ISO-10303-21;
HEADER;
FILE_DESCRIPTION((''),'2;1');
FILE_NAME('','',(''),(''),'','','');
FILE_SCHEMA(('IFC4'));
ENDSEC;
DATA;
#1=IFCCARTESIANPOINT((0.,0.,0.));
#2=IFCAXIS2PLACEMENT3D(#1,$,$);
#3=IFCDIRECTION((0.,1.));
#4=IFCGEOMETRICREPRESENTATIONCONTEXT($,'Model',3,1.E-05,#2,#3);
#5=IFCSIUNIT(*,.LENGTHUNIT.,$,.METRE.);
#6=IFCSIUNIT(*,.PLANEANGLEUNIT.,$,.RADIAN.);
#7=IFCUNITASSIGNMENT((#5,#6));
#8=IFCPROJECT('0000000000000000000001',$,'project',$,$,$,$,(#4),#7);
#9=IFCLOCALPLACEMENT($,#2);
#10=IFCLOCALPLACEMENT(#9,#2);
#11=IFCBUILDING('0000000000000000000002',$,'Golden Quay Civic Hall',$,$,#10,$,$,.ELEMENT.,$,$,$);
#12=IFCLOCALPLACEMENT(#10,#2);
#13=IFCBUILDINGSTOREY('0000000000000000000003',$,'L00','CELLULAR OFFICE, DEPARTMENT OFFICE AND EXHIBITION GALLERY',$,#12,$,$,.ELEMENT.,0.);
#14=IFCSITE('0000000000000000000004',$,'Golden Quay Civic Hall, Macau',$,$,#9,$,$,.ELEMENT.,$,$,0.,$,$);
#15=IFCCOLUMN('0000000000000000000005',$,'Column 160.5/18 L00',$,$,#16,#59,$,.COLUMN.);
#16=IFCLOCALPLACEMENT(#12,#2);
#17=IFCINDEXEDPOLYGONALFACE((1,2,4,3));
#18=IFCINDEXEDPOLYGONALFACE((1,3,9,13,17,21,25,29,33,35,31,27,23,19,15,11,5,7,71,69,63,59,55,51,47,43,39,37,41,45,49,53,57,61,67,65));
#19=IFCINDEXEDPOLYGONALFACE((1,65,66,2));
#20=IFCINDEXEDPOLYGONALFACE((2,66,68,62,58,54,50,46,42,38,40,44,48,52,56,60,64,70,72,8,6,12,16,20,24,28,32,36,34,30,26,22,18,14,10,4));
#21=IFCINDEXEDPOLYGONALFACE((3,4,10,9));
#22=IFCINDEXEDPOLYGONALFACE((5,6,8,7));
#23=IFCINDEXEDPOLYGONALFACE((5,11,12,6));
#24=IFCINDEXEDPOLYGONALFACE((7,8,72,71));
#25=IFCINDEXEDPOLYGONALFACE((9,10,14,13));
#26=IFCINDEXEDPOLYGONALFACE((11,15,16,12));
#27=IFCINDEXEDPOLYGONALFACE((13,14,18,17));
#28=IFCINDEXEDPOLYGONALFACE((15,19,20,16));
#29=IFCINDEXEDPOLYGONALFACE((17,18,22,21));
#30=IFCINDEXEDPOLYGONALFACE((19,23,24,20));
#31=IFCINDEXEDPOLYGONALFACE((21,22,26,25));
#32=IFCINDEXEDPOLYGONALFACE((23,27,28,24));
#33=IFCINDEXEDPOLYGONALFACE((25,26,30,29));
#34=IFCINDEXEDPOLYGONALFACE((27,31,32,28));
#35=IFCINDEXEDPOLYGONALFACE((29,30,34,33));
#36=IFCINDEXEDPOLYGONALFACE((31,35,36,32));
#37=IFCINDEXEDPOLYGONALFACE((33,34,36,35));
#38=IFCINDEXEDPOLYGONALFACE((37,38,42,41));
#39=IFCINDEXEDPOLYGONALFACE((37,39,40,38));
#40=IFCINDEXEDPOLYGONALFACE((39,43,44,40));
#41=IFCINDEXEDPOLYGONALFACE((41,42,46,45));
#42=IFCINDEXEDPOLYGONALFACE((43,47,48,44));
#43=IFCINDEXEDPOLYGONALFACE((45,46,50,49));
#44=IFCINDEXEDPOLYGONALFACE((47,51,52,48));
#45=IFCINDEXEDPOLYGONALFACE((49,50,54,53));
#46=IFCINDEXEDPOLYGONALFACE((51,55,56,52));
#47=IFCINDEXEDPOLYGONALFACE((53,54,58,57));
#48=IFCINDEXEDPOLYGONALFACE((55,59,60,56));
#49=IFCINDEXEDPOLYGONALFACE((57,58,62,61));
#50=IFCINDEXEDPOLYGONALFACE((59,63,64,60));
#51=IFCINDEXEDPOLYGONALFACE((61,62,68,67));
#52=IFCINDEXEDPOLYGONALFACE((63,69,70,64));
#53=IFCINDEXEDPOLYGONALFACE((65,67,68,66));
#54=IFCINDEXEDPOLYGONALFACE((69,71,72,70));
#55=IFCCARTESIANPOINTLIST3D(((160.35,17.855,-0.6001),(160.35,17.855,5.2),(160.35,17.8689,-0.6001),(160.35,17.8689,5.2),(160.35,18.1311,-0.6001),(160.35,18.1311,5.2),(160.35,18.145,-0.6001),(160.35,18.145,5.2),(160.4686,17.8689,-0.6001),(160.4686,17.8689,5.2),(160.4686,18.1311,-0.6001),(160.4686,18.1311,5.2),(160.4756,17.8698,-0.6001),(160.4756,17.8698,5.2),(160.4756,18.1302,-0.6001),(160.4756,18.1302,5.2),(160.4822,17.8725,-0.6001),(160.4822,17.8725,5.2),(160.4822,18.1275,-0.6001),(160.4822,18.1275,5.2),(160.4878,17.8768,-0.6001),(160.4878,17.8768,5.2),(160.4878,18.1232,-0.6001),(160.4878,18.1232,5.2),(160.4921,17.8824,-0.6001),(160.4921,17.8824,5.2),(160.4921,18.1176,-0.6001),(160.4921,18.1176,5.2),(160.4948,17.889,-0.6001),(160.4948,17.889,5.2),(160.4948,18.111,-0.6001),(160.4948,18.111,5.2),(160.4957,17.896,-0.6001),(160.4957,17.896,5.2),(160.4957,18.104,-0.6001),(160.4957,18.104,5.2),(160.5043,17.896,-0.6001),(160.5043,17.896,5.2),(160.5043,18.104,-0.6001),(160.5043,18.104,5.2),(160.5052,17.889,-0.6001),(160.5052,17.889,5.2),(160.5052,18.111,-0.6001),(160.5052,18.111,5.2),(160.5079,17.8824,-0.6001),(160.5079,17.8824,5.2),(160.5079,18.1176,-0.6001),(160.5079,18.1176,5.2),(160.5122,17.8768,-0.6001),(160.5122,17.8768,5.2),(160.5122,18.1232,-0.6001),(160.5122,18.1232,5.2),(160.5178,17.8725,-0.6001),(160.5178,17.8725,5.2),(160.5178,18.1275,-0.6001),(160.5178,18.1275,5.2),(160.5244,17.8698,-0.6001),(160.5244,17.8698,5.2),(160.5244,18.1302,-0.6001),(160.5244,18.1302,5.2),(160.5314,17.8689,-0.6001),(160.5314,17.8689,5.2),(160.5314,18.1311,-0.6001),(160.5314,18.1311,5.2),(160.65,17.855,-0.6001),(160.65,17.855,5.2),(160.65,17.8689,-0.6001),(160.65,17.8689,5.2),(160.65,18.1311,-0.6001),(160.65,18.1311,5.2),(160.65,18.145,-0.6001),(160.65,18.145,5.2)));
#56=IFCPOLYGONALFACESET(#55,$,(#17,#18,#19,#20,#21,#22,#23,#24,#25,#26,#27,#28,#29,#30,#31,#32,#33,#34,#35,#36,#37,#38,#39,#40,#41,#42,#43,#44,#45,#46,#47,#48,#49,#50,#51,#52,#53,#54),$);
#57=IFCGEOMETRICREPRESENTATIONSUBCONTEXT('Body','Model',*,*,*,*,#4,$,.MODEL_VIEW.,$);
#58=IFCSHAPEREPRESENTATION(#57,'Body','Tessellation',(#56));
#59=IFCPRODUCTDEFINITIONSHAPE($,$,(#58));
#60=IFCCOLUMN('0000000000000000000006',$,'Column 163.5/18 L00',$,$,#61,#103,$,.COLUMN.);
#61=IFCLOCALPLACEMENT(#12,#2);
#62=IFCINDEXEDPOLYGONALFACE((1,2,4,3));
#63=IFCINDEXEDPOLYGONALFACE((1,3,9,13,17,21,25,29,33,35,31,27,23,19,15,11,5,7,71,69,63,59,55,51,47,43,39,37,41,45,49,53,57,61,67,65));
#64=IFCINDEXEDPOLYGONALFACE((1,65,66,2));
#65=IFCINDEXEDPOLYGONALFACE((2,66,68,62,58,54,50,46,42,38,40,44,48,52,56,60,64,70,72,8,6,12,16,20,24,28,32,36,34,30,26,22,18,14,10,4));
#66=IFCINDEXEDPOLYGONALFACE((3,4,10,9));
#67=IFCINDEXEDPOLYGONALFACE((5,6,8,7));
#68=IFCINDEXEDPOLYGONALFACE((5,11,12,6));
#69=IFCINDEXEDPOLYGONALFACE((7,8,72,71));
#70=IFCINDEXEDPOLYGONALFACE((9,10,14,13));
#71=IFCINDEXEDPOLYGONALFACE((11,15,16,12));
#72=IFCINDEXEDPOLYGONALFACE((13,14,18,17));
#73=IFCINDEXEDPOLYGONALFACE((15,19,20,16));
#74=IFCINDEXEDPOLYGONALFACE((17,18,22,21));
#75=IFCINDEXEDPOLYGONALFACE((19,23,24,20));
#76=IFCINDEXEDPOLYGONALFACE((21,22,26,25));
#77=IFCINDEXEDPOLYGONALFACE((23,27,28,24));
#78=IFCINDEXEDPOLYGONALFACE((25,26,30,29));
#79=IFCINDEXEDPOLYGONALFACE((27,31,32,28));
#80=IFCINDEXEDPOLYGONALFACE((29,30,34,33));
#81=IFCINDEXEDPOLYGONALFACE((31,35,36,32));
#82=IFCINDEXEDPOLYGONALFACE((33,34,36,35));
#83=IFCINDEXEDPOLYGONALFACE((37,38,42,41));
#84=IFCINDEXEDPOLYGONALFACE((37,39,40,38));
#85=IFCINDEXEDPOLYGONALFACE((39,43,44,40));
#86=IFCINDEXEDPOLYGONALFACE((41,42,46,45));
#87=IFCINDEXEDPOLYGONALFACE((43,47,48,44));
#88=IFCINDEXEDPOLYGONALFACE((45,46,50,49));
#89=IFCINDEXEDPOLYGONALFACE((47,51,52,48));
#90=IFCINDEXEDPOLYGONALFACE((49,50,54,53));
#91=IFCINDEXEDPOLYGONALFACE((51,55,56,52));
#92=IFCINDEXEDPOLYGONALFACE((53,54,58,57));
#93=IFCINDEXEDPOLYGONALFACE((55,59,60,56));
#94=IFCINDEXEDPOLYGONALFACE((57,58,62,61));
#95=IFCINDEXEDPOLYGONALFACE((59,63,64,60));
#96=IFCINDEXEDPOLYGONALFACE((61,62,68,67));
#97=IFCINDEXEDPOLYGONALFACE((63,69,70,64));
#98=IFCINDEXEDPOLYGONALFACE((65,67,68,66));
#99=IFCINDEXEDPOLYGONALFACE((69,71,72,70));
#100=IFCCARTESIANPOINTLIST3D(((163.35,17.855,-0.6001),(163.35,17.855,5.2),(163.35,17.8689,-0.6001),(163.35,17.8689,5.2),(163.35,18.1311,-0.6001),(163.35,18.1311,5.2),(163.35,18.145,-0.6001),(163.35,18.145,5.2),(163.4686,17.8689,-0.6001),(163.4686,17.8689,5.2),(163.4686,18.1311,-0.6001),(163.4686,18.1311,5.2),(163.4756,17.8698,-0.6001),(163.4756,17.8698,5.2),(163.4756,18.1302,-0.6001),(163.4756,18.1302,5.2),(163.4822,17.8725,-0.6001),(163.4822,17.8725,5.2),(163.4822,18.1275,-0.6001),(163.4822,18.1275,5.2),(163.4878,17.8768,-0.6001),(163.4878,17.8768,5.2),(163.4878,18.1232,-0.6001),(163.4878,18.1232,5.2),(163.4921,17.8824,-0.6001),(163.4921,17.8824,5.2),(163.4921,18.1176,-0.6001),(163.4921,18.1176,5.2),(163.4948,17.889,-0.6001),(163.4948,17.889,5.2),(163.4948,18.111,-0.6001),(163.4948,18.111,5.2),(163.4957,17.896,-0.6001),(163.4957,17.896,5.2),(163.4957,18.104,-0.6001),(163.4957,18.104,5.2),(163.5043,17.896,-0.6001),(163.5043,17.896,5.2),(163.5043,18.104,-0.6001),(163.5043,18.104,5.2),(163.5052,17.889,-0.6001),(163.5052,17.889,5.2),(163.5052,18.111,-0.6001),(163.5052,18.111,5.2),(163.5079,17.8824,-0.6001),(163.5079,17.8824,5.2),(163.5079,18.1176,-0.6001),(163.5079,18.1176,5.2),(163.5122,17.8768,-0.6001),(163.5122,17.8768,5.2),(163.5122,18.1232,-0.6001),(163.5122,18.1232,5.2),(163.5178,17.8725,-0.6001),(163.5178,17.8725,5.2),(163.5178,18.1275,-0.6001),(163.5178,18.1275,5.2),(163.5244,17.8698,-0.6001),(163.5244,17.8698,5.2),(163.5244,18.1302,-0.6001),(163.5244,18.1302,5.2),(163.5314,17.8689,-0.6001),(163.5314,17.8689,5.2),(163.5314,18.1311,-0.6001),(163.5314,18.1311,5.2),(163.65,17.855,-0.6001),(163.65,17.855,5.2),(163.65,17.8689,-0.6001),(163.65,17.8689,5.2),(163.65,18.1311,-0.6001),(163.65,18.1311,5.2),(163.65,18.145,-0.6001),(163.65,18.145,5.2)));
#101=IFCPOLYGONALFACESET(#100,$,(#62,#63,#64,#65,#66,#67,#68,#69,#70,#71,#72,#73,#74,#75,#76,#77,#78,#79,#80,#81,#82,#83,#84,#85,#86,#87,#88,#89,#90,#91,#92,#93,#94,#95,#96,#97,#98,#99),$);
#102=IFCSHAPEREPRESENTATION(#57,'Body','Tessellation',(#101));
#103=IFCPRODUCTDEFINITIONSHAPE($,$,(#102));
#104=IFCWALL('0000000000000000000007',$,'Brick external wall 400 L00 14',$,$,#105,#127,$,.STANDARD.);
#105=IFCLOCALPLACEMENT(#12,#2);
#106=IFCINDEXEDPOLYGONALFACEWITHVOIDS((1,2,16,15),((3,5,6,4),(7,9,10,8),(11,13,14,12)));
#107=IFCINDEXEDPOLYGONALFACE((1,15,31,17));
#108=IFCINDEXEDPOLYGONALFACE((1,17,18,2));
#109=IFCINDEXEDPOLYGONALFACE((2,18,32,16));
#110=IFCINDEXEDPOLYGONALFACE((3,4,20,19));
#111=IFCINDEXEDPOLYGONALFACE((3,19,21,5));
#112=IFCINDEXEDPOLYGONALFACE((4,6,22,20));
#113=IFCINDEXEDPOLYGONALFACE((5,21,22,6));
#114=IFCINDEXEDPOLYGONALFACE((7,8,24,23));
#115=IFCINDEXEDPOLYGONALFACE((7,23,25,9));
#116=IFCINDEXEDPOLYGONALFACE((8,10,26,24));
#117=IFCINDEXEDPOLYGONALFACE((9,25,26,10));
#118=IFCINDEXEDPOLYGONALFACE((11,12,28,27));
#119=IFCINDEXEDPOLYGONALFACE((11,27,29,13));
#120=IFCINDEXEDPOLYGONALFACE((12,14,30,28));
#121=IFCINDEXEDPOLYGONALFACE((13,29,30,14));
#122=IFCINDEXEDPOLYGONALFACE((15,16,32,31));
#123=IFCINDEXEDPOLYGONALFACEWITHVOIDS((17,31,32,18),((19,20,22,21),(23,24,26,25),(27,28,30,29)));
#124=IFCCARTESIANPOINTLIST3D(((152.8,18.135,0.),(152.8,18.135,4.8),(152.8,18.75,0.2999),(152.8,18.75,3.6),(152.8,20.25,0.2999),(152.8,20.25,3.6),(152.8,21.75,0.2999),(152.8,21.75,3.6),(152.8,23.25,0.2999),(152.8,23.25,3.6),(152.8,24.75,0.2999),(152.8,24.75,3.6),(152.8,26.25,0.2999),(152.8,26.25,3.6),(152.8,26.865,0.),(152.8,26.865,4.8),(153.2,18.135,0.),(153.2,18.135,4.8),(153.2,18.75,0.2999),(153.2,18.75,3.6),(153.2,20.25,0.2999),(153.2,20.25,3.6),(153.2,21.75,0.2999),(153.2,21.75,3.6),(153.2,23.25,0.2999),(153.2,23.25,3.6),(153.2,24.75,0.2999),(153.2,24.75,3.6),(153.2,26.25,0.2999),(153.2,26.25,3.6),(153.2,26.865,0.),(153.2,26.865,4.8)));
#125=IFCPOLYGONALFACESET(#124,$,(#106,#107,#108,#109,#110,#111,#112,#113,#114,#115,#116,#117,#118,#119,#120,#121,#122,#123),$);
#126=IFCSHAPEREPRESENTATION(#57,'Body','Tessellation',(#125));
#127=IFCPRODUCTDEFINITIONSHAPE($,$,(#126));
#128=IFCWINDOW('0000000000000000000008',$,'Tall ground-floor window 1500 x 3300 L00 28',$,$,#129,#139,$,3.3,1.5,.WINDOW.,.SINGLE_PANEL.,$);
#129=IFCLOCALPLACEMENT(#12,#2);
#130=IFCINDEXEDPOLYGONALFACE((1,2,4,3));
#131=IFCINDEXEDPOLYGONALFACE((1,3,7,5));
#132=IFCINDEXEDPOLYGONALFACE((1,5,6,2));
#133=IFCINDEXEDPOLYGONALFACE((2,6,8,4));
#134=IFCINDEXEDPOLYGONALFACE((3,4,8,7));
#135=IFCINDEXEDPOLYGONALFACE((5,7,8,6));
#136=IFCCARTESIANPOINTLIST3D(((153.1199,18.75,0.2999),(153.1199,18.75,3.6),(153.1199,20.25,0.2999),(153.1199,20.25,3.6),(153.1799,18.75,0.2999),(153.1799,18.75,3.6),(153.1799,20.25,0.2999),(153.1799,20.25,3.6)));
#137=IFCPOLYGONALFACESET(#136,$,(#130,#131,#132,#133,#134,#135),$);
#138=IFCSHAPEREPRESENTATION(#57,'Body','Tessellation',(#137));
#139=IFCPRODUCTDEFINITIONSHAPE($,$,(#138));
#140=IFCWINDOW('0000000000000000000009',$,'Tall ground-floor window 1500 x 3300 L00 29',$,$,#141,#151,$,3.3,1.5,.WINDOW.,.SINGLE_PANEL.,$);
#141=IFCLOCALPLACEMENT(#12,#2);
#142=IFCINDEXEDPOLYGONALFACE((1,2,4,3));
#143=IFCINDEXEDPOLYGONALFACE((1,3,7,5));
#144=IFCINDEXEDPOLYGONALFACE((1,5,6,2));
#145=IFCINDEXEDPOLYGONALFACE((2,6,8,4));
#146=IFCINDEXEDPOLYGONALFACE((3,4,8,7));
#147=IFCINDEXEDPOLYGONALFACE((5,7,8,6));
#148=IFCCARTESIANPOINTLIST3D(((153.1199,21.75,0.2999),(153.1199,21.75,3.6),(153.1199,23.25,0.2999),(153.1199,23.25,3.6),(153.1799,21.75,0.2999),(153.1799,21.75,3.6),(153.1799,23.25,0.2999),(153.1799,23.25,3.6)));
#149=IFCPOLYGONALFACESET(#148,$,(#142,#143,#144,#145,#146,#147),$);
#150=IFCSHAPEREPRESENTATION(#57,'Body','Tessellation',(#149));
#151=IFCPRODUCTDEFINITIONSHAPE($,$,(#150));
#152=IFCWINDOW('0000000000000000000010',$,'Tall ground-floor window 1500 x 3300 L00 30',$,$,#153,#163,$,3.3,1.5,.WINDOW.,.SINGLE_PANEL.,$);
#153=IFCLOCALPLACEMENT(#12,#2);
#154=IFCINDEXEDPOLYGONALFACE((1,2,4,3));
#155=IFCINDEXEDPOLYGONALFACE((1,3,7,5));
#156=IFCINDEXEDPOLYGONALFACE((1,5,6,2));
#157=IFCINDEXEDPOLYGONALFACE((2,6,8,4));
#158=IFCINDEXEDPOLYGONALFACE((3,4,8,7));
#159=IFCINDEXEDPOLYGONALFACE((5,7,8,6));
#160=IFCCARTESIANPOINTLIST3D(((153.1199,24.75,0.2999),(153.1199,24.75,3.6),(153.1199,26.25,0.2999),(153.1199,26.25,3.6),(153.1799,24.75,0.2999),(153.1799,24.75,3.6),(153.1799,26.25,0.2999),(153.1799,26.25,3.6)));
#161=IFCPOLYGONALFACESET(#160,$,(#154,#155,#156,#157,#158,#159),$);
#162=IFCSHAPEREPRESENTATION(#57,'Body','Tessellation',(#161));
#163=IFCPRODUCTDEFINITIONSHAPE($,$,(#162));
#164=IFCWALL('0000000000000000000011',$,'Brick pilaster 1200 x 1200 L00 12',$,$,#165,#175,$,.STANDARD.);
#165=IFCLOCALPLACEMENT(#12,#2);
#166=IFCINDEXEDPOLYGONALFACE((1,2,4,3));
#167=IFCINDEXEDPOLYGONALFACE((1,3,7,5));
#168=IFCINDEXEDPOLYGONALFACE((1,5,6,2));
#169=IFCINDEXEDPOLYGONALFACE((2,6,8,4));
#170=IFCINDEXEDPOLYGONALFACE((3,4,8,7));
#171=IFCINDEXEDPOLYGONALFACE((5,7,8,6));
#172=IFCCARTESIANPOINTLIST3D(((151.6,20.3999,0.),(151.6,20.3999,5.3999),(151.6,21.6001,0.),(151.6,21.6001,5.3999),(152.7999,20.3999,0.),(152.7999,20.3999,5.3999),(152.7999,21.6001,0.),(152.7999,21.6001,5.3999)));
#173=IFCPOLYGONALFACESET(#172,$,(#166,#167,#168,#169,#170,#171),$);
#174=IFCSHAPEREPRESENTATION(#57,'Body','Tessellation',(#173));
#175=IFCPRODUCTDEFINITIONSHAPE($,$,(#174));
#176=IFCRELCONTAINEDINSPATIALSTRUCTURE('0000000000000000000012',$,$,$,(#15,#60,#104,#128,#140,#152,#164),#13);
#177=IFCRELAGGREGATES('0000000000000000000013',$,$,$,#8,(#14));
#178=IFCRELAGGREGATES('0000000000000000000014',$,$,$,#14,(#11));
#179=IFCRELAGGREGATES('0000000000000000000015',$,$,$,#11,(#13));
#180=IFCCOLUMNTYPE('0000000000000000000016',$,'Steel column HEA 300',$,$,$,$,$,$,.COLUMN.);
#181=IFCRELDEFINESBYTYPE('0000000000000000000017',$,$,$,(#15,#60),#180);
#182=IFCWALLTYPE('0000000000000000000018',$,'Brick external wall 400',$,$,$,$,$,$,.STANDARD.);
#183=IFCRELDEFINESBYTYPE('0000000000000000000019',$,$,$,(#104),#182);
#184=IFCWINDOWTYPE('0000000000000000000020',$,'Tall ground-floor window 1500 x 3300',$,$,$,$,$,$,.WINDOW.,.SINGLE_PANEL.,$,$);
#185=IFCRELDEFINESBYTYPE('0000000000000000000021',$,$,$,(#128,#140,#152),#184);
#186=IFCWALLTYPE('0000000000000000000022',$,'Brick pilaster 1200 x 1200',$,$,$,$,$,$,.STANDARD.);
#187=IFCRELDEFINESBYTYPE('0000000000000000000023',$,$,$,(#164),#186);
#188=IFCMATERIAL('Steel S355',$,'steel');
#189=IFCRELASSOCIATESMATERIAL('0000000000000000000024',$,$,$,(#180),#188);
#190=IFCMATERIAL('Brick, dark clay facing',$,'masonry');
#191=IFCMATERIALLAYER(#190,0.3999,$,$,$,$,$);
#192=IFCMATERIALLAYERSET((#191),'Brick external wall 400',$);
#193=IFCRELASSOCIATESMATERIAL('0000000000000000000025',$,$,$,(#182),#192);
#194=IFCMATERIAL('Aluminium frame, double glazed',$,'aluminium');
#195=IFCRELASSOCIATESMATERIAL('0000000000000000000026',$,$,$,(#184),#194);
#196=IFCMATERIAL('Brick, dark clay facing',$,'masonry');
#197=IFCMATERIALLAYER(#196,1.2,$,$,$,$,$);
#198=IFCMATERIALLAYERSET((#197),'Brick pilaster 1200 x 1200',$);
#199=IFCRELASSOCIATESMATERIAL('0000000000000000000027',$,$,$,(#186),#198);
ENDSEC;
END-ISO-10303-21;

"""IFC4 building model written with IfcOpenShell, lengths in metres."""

from ifc_helpers import new_model, si_unit, direction, frame, frame_2d, origin, origin_2d, place, context, subcontext, project, spatial, rectangle, i_section, extrude, material, layer, layer_set, material_profile, profile_set, type_object, element, fill, save


model = new_model("IFC4")

# Units and contexts
model_context = context("Model", 3, precision=1e-05, world=origin(), true_north=direction((0.0, 1.0)))
body_context = subcontext(model_context, "Body", "Model", "MODEL_VIEW")
ifc_project = project(units=[si_unit("LENGTHUNIT", "METRE"), si_unit("PLANEANGLEUNIT", "RADIAN")], contexts=[model_context])

# Site, building, storey
site_placement = place(None, origin())
site = spatial("IfcSite", under=ifc_project, at=site_placement, Name="Golden Quay Civic Hall, Macau", CompositionType="ELEMENT", RefElevation=0.0)
building_placement = place(site_placement, origin())
building = spatial("IfcBuilding", under=site, at=building_placement, Name="Golden Quay Civic Hall", CompositionType="ELEMENT")
storey_placement = place(building_placement, origin())
storey = spatial("IfcBuildingStorey", under=building, at=storey_placement, Name="L00", Description="CELLULAR OFFICE, DEPARTMENT OFFICE AND EXHIBITION GALLERY", CompositionType="ELEMENT", Elevation=0.0)

# Columns
ifc_material_1 = material(Name="Steel S355", Category="steel")
ifc_material_profile_1 = material_profile(ifc_material_1, i_section(OverallWidth=0.3, OverallDepth=0.29, WebThickness=0.0085, FlangeThickness=0.0139, FilletRadius=0.0271, at=origin_2d()), Name="HEA 300")
ifc_profile_set_1 = profile_set([ifc_material_profile_1], Name="Steel S355")
column_type_1 = type_object("IfcColumnType", Name="Steel column HEA 300", PredefinedType="COLUMN", material=ifc_profile_set_1)
for number, where, z_axis, x_axis, name in (
    (1, (160.5, 18.0, -0.6001), (0.0, 0.0, 1.0), (1.0, 0.0, 0.0), "Column 160.5/18 L00"),
    (2, (163.5, 18.0, -0.6001), (0.0, 0.0, 1.0), (1.0, 0.0, 0.0), "Column 163.5/18 L00"),
):
    element("IfcColumn", number, at=place(storey_placement, frame(where, z_axis=z_axis, x_axis=x_axis)), inside=storey, type_object=column_type_1, Name=name, PredefinedType="COLUMN", context=body_context, shape_type="SweptSolid", body=[
        extrude(i_section(OverallWidth=0.3, OverallDepth=0.29, WebThickness=0.0085, FlangeThickness=0.0139, FilletRadius=0.0271, at=origin_2d()), origin(), (0.0, 0.0, 1.0), 5.8),
    ])

# Wall, openings, windows
ifc_material_2 = material(Name="Brick, dark clay facing", Category="masonry")
ifc_layer_1 = layer(ifc_material_2, 0.3999)
ifc_layer_set_1 = layer_set([ifc_layer_1], Name="Brick external wall 400")
wall_type_1 = type_object("IfcWallType", Name="Brick external wall 400", PredefinedType="STANDARD", material=ifc_layer_set_1)
wall_1_placement = place(storey_placement, frame((153.0, 18.135, 0.0), z_axis=(0.0, 0.0, 1.0), x_axis=(0.0, 1.0, 0.0)))
wall_1 = element("IfcWall", 3, at=wall_1_placement, inside=storey, type_object=wall_type_1, Name="Brick external wall 400 L00 14", PredefinedType="STANDARD", context=body_context, shape_type="SweptSolid", body=[
    extrude(rectangle(XDim=8.73, YDim=0.3999, at=frame_2d((4.365, 0.0))), origin(), (0.0, 0.0, 1.0), 4.8),
])
opening_1_placement = place(wall_1_placement, frame((0.615, 0.0, 0.3)))
opening_1 = element("IfcOpeningElement", 4, at=opening_1_placement, cuts=wall_1, PredefinedType="OPENING", context=body_context, shape_type="SweptSolid", body=[
    extrude(rectangle(XDim=1.5, YDim=3.3, at=frame_2d((0.75, 1.6499))), frame((0.0, 0.21, 0.0), z_axis=(0.0, -1.0, 0.0), x_axis=(1.0, 0.0, 0.0)), (0.0, 0.0, 1.0), 0.4199),
])
opening_2_placement = place(wall_1_placement, frame((3.615, 0.0, 0.3)))
opening_2 = element("IfcOpeningElement", 5, at=opening_2_placement, cuts=wall_1, PredefinedType="OPENING", context=body_context, shape_type="SweptSolid", body=[
    extrude(rectangle(XDim=1.5, YDim=3.3, at=frame_2d((0.75, 1.6499))), frame((0.0, 0.21, 0.0), z_axis=(0.0, -1.0, 0.0), x_axis=(1.0, 0.0, 0.0)), (0.0, 0.0, 1.0), 0.4199),
])
opening_3_placement = place(wall_1_placement, frame((6.615, 0.0, 0.3)))
opening_3 = element("IfcOpeningElement", 6, at=opening_3_placement, cuts=wall_1, PredefinedType="OPENING", context=body_context, shape_type="SweptSolid", body=[
    extrude(rectangle(XDim=1.5, YDim=3.3, at=frame_2d((0.75, 1.6499))), frame((0.0, 0.21, 0.0), z_axis=(0.0, -1.0, 0.0), x_axis=(1.0, 0.0, 0.0)), (0.0, 0.0, 1.0), 0.4199),
])
ifc_material_3 = material(Name="Aluminium frame, double glazed", Category="aluminium")
window_type = type_object("IfcWindowType", Name="Tall ground-floor window 1500 x 3300", PartitioningType="SINGLE_PANEL", PredefinedType="WINDOW", material=ifc_material_3)
window_1_placement = place(opening_1_placement, origin())
window_1 = element("IfcWindow", 7, at=window_1_placement, inside=storey, type_object=window_type, Name="Tall ground-floor window 1500 x 3300 L00 28", OverallHeight=3.3, OverallWidth=1.5, PartitioningType="SINGLE_PANEL", PredefinedType="WINDOW", context=body_context, shape_type="SweptSolid", body=[
    extrude(rectangle(XDim=1.5, YDim=3.3, at=frame_2d((0.75, 1.6499))), frame((0.0, -0.1199, 0.0), z_axis=(0.0, -1.0, 0.0), x_axis=(1.0, 0.0, 0.0)), (0.0, 0.0, 1.0), 0.0601),
])
fill(opening_1, window_1)
window_2_placement = place(opening_2_placement, origin())
window_2 = element("IfcWindow", 8, at=window_2_placement, inside=storey, type_object=window_type, Name="Tall ground-floor window 1500 x 3300 L00 29", OverallHeight=3.3, OverallWidth=1.5, PartitioningType="SINGLE_PANEL", PredefinedType="WINDOW", context=body_context, shape_type="SweptSolid", body=[
    extrude(rectangle(XDim=1.5, YDim=3.3, at=frame_2d((0.75, 1.6499))), frame((0.0, -0.1199, 0.0), z_axis=(0.0, -1.0, 0.0), x_axis=(1.0, 0.0, 0.0)), (0.0, 0.0, 1.0), 0.0601),
])
fill(opening_2, window_2)
window_3_placement = place(opening_3_placement, origin())
window_3 = element("IfcWindow", 9, at=window_3_placement, inside=storey, type_object=window_type, Name="Tall ground-floor window 1500 x 3300 L00 30", OverallHeight=3.3, OverallWidth=1.5, PartitioningType="SINGLE_PANEL", PredefinedType="WINDOW", context=body_context, shape_type="SweptSolid", body=[
    extrude(rectangle(XDim=1.5, YDim=3.3, at=frame_2d((0.75, 1.6499))), frame((0.0, -0.1199, 0.0), z_axis=(0.0, -1.0, 0.0), x_axis=(1.0, 0.0, 0.0)), (0.0, 0.0, 1.0), 0.0601),
])
fill(opening_3, window_3)

# Wall
ifc_material_4 = material(Name="Brick, dark clay facing", Category="masonry")
ifc_layer_2 = layer(ifc_material_4, 1.2)
ifc_layer_set_2 = layer_set([ifc_layer_2], Name="Brick pilaster 1200 x 1200")
wall_type_2 = type_object("IfcWallType", Name="Brick pilaster 1200 x 1200", PredefinedType="STANDARD", material=ifc_layer_set_2)
for number, where, z_axis, x_axis, name in (
    (10, (152.2, 20.3999, 0.0), (0.0, 0.0, 1.0), (0.0, 1.0, 0.0), "Brick pilaster 1200 x 1200 L00 12"),
):
    element("IfcWall", number, at=place(storey_placement, frame(where, z_axis=z_axis, x_axis=x_axis)), inside=storey, type_object=wall_type_2, Name=name, PredefinedType="STANDARD", context=body_context, shape_type="SweptSolid", body=[
        extrude(rectangle(XDim=1.2002, YDim=1.2, at=frame_2d((0.6001, 0.0))), origin(), (0.0, 0.0, 1.0), 5.3999),
    ])

save(model, "model.ifc")
